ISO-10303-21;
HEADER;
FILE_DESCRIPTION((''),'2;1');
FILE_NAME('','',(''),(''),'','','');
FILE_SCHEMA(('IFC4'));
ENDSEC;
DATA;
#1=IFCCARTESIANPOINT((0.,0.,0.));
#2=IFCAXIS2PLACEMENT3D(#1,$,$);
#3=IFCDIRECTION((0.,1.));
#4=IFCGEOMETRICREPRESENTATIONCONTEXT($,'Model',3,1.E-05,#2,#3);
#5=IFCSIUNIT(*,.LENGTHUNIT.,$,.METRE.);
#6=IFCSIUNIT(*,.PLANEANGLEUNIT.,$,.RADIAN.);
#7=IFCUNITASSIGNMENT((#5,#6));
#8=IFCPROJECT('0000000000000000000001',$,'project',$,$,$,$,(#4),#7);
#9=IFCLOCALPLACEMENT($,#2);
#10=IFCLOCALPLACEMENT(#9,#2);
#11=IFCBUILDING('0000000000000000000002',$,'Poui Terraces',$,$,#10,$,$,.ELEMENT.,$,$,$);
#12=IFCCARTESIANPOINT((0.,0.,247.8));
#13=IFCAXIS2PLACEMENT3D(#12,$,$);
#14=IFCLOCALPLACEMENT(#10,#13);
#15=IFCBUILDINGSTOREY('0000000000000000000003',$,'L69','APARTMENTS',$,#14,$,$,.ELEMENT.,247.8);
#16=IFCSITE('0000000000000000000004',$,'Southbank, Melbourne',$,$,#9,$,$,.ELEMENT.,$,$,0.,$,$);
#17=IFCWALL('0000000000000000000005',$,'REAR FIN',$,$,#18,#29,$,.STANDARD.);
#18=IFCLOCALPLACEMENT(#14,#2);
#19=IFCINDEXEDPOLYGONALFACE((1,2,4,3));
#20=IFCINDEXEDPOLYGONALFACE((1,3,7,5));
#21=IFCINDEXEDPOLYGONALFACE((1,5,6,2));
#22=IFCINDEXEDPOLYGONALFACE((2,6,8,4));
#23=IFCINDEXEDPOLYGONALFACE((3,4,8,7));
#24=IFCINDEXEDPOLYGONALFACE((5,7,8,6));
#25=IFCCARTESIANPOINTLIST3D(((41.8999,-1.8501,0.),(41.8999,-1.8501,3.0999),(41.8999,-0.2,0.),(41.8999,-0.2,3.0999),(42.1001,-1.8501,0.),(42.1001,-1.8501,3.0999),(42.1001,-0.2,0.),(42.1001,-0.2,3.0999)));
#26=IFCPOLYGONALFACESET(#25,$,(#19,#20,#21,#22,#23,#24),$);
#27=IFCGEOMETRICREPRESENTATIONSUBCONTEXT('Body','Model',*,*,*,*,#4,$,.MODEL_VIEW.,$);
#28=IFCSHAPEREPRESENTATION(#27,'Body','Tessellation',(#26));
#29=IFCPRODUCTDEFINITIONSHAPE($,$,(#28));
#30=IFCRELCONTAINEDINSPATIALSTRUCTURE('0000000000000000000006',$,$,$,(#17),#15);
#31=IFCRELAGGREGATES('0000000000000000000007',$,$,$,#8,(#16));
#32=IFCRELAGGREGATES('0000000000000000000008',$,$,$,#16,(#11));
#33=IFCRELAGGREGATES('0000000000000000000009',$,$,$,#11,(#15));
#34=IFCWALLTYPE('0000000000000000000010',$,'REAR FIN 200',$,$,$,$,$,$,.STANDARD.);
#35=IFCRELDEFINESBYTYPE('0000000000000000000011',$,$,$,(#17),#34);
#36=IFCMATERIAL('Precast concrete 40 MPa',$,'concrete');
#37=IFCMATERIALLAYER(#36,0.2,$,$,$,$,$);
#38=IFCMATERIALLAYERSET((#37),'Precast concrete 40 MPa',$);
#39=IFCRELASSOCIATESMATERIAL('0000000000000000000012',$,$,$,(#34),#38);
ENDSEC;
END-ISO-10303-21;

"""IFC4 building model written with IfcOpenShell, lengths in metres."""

from ifc_helpers import new_model, si_unit, direction, frame, origin, place, context, subcontext, project, spatial, polyline, outline, extrude, source, transform, mapped, material, layer, layer_set, type_object, element, save


model = new_model("IFC4")

# Units and contexts
model_context = context("Model", 3, precision=1e-05, world=origin(), true_north=direction((0.0, 1.0)))
body_context = subcontext(model_context, "Body", "Model", "MODEL_VIEW")
ifc_project = project(units=[si_unit("LENGTHUNIT", "METRE"), si_unit("PLANEANGLEUNIT", "RADIAN")], contexts=[model_context])

# Site, building, storey
site_placement = place(None, origin())
site = spatial("IfcSite", under=ifc_project, at=site_placement, Name="Southbank, Melbourne", CompositionType="ELEMENT", RefElevation=0.0)
building_placement = place(site_placement, origin())
building = spatial("IfcBuilding", under=site, at=building_placement, Name="Poui Terraces", CompositionType="ELEMENT")
storey_placement = place(building_placement, frame((0.0, 0.0, 247.8)))
storey = spatial("IfcBuildingStorey", under=building, at=storey_placement, Name="L69", Description="APARTMENTS", CompositionType="ELEMENT", Elevation=247.8)

# Shared definitions
ifc_material_1 = material(Name="Precast concrete 40 MPa", Category="concrete")

# Wall
ifc_layer_1 = layer(ifc_material_1, 0.2)
ifc_layer_set_1 = layer_set([ifc_layer_1], Name="Precast concrete 40 MPa")
wall_type_1 = type_object("IfcWallType", Name="REAR FIN 200", PredefinedType="STANDARD", material=ifc_layer_set_1)
shared_shape_1 = source(origin(), body_context, "Body", "SweptSolid", [
    extrude(outline(polyline([(0.0, 0.0), (0.2002, 0.0), (0.2002, 1.6501), (0.0, 1.6501), (0.0, 0.0)])), origin(), (0.0, 0.0, 1.0), 3.0999),
])
for number, where, name in (
    (1, (41.8999, -1.8501, 0.0), "REAR FIN"),
):
    element("IfcWall", number, at=place(storey_placement, frame(where)), inside=storey, type_object=wall_type_1, Name=name, PredefinedType="STANDARD", context=body_context, shape_type="MappedRepresentation", body=[
        mapped(shared_shape_1, transform((0.0, 0.0, 0.0))),
    ])

save(model, "model.ifc")
